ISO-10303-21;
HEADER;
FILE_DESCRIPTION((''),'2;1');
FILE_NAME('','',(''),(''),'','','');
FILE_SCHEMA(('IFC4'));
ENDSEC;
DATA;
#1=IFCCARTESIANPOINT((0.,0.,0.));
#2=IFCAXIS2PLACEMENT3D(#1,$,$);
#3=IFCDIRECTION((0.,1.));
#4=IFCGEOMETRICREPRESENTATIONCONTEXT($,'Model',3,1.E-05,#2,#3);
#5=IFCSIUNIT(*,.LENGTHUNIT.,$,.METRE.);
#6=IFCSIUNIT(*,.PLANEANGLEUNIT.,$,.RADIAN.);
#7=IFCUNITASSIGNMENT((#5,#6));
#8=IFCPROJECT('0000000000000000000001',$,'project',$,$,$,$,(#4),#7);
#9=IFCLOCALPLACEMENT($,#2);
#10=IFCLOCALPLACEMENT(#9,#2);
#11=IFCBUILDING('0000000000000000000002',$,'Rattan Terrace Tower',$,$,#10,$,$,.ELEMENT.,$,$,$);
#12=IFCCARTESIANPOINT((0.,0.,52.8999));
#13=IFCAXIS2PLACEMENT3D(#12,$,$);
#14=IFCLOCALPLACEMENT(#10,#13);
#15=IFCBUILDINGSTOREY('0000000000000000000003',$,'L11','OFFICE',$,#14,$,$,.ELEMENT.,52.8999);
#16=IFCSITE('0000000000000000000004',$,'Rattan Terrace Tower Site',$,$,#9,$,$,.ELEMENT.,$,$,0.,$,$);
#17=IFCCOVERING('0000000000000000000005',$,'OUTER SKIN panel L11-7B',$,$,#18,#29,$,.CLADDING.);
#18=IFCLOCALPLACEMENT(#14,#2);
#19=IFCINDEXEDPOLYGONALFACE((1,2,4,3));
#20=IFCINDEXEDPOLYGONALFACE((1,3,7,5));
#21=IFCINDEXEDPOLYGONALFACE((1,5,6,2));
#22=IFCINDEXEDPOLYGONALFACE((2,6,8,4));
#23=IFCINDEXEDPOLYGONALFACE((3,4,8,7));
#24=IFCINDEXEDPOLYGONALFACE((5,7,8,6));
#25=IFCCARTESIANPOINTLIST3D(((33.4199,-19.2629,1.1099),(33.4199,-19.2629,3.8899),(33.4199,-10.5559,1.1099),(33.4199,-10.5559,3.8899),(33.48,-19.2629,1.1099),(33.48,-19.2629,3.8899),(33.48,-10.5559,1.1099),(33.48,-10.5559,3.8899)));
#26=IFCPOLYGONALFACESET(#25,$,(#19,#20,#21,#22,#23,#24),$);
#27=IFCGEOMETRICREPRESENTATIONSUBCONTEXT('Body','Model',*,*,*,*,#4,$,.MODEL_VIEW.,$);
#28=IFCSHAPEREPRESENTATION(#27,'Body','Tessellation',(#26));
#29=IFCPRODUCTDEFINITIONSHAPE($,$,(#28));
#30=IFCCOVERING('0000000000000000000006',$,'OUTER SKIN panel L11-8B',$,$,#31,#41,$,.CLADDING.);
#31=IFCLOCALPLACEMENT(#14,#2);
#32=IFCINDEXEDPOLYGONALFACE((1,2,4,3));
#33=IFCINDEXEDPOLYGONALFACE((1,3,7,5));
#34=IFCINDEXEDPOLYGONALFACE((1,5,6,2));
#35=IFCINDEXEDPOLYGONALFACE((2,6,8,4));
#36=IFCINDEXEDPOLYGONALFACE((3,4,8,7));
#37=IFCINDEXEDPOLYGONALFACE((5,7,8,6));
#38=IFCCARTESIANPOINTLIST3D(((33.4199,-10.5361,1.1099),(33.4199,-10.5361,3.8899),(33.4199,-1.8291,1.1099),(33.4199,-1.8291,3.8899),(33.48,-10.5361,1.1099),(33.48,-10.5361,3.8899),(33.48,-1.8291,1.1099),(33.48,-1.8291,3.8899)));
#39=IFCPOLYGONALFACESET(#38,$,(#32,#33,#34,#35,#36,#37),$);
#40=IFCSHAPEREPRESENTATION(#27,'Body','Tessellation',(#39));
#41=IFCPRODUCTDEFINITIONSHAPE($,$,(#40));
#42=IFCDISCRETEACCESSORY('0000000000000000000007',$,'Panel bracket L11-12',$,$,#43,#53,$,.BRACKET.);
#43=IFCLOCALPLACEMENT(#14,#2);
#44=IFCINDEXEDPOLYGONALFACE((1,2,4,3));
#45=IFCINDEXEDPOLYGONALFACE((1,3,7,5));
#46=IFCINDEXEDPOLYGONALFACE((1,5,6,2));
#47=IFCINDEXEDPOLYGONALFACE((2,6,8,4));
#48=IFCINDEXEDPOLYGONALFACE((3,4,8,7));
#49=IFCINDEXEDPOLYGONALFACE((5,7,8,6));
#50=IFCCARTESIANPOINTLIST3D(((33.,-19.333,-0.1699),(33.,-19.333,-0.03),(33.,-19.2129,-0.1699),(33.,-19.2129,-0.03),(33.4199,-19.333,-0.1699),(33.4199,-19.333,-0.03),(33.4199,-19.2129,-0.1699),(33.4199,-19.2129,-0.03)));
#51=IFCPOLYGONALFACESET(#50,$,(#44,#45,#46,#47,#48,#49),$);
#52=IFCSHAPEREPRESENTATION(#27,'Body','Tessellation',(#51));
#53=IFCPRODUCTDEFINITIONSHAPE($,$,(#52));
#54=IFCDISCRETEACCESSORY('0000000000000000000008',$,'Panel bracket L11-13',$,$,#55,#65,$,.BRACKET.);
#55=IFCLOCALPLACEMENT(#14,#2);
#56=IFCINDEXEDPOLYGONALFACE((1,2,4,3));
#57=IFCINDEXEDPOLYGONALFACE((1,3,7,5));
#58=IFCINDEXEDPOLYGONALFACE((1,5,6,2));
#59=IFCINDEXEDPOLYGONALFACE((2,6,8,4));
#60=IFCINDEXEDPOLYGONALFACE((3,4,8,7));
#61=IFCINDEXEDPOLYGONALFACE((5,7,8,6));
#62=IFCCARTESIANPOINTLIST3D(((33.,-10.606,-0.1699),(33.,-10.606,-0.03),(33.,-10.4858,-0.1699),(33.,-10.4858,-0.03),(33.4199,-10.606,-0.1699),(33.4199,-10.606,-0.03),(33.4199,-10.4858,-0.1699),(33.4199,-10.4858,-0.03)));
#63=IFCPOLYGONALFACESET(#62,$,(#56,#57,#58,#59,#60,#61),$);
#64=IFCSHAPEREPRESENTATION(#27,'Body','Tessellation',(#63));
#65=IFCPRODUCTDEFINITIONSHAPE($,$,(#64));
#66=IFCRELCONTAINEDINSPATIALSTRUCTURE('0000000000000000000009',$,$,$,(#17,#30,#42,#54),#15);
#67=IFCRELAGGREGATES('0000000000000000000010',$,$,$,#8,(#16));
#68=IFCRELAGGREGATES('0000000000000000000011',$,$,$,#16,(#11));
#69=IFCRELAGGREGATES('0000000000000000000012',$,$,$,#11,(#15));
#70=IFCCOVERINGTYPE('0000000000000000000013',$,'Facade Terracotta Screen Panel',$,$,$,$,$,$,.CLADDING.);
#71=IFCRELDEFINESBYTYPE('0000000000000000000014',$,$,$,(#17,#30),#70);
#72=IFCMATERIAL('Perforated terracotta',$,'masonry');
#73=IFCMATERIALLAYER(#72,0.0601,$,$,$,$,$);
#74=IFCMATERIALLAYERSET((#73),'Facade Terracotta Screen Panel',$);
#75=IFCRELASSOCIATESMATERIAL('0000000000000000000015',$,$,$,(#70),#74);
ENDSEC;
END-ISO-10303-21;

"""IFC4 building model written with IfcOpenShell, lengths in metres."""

from ifc_helpers import new_model, si_unit, direction, frame, origin, origin_2d, place, context, subcontext, project, spatial, rectangle, extrude, material, layer, layer_set, type_object, element, save


model = new_model("IFC4")

# Units and contexts
model_context = context("Model", 3, precision=1e-05, world=origin(), true_north=direction((0.0, 1.0)))
body_context = subcontext(model_context, "Body", "Model", "MODEL_VIEW")
ifc_project = project(units=[si_unit("LENGTHUNIT", "METRE"), si_unit("PLANEANGLEUNIT", "RADIAN")], contexts=[model_context])

# Site, building, storey
site_placement = place(None, origin())
site = spatial("IfcSite", under=ifc_project, at=site_placement, Name="Rattan Terrace Tower Site", CompositionType="ELEMENT", RefElevation=0.0)
building_placement = place(site_placement, origin())
building = spatial("IfcBuilding", under=site, at=building_placement, Name="Rattan Terrace Tower", CompositionType="ELEMENT")
storey_placement = place(building_placement, frame((0.0, 0.0, 52.8999)))
storey = spatial("IfcBuildingStorey", under=building, at=storey_placement, Name="L11", Description="OFFICE", CompositionType="ELEMENT", Elevation=52.8999)

# Coverings
ifc_material_1 = material(Name="Perforated terracotta", Category="masonry")
ifc_layer_1 = layer(ifc_material_1, 0.0601)
ifc_layer_set_1 = layer_set([ifc_layer_1], Name="Facade Terracotta Screen Panel")
covering_type_1 = type_object("IfcCoveringType", Name="Facade Terracotta Screen Panel", PredefinedType="CLADDING", material=ifc_layer_set_1)
for number, where, z_axis, x_axis, name in (
    (1, (33.45, -14.9094, 1.1099), (0.0, 0.0, 1.0), (0.0, 1.0, 0.0), "OUTER SKIN panel L11-7B"),
    (2, (33.45, -6.1826, 1.1099), (0.0, 0.0, 1.0), (0.0, 1.0, 0.0), "OUTER SKIN panel L11-8B"),
):
    element("IfcCovering", number, at=place(storey_placement, frame(where, z_axis=z_axis, x_axis=x_axis)), inside=storey, type_object=covering_type_1, Name=name, PredefinedType="CLADDING", context=body_context, shape_type="SweptSolid", body=[
        extrude(rectangle(XDim=8.707, YDim=0.0601, at=origin_2d()), origin(), (0.0, 0.0, 1.0), 2.78),
    ])

# Discrete accessories
for number, where, z_axis, x_axis, name in (
    (3, (33.21, -19.2729, -0.1699), (0.0, 0.0, 1.0), (0.0, 1.0, 0.0), "Panel bracket L11-12"),
    (4, (33.21, -10.5459, -0.1699), (0.0, 0.0, 1.0), (0.0, 1.0, 0.0), "Panel bracket L11-13"),
):
    element("IfcDiscreteAccessory", number, at=place(storey_placement, frame(where, z_axis=z_axis, x_axis=x_axis)), inside=storey, Name=name, PredefinedType="BRACKET", context=body_context, shape_type="SweptSolid", body=[
        extrude(rectangle(XDim=0.1201, YDim=0.4199, at=origin_2d()), origin(), (0.0, 0.0, 1.0), 0.1399),
    ])

save(model, "model.ifc")
